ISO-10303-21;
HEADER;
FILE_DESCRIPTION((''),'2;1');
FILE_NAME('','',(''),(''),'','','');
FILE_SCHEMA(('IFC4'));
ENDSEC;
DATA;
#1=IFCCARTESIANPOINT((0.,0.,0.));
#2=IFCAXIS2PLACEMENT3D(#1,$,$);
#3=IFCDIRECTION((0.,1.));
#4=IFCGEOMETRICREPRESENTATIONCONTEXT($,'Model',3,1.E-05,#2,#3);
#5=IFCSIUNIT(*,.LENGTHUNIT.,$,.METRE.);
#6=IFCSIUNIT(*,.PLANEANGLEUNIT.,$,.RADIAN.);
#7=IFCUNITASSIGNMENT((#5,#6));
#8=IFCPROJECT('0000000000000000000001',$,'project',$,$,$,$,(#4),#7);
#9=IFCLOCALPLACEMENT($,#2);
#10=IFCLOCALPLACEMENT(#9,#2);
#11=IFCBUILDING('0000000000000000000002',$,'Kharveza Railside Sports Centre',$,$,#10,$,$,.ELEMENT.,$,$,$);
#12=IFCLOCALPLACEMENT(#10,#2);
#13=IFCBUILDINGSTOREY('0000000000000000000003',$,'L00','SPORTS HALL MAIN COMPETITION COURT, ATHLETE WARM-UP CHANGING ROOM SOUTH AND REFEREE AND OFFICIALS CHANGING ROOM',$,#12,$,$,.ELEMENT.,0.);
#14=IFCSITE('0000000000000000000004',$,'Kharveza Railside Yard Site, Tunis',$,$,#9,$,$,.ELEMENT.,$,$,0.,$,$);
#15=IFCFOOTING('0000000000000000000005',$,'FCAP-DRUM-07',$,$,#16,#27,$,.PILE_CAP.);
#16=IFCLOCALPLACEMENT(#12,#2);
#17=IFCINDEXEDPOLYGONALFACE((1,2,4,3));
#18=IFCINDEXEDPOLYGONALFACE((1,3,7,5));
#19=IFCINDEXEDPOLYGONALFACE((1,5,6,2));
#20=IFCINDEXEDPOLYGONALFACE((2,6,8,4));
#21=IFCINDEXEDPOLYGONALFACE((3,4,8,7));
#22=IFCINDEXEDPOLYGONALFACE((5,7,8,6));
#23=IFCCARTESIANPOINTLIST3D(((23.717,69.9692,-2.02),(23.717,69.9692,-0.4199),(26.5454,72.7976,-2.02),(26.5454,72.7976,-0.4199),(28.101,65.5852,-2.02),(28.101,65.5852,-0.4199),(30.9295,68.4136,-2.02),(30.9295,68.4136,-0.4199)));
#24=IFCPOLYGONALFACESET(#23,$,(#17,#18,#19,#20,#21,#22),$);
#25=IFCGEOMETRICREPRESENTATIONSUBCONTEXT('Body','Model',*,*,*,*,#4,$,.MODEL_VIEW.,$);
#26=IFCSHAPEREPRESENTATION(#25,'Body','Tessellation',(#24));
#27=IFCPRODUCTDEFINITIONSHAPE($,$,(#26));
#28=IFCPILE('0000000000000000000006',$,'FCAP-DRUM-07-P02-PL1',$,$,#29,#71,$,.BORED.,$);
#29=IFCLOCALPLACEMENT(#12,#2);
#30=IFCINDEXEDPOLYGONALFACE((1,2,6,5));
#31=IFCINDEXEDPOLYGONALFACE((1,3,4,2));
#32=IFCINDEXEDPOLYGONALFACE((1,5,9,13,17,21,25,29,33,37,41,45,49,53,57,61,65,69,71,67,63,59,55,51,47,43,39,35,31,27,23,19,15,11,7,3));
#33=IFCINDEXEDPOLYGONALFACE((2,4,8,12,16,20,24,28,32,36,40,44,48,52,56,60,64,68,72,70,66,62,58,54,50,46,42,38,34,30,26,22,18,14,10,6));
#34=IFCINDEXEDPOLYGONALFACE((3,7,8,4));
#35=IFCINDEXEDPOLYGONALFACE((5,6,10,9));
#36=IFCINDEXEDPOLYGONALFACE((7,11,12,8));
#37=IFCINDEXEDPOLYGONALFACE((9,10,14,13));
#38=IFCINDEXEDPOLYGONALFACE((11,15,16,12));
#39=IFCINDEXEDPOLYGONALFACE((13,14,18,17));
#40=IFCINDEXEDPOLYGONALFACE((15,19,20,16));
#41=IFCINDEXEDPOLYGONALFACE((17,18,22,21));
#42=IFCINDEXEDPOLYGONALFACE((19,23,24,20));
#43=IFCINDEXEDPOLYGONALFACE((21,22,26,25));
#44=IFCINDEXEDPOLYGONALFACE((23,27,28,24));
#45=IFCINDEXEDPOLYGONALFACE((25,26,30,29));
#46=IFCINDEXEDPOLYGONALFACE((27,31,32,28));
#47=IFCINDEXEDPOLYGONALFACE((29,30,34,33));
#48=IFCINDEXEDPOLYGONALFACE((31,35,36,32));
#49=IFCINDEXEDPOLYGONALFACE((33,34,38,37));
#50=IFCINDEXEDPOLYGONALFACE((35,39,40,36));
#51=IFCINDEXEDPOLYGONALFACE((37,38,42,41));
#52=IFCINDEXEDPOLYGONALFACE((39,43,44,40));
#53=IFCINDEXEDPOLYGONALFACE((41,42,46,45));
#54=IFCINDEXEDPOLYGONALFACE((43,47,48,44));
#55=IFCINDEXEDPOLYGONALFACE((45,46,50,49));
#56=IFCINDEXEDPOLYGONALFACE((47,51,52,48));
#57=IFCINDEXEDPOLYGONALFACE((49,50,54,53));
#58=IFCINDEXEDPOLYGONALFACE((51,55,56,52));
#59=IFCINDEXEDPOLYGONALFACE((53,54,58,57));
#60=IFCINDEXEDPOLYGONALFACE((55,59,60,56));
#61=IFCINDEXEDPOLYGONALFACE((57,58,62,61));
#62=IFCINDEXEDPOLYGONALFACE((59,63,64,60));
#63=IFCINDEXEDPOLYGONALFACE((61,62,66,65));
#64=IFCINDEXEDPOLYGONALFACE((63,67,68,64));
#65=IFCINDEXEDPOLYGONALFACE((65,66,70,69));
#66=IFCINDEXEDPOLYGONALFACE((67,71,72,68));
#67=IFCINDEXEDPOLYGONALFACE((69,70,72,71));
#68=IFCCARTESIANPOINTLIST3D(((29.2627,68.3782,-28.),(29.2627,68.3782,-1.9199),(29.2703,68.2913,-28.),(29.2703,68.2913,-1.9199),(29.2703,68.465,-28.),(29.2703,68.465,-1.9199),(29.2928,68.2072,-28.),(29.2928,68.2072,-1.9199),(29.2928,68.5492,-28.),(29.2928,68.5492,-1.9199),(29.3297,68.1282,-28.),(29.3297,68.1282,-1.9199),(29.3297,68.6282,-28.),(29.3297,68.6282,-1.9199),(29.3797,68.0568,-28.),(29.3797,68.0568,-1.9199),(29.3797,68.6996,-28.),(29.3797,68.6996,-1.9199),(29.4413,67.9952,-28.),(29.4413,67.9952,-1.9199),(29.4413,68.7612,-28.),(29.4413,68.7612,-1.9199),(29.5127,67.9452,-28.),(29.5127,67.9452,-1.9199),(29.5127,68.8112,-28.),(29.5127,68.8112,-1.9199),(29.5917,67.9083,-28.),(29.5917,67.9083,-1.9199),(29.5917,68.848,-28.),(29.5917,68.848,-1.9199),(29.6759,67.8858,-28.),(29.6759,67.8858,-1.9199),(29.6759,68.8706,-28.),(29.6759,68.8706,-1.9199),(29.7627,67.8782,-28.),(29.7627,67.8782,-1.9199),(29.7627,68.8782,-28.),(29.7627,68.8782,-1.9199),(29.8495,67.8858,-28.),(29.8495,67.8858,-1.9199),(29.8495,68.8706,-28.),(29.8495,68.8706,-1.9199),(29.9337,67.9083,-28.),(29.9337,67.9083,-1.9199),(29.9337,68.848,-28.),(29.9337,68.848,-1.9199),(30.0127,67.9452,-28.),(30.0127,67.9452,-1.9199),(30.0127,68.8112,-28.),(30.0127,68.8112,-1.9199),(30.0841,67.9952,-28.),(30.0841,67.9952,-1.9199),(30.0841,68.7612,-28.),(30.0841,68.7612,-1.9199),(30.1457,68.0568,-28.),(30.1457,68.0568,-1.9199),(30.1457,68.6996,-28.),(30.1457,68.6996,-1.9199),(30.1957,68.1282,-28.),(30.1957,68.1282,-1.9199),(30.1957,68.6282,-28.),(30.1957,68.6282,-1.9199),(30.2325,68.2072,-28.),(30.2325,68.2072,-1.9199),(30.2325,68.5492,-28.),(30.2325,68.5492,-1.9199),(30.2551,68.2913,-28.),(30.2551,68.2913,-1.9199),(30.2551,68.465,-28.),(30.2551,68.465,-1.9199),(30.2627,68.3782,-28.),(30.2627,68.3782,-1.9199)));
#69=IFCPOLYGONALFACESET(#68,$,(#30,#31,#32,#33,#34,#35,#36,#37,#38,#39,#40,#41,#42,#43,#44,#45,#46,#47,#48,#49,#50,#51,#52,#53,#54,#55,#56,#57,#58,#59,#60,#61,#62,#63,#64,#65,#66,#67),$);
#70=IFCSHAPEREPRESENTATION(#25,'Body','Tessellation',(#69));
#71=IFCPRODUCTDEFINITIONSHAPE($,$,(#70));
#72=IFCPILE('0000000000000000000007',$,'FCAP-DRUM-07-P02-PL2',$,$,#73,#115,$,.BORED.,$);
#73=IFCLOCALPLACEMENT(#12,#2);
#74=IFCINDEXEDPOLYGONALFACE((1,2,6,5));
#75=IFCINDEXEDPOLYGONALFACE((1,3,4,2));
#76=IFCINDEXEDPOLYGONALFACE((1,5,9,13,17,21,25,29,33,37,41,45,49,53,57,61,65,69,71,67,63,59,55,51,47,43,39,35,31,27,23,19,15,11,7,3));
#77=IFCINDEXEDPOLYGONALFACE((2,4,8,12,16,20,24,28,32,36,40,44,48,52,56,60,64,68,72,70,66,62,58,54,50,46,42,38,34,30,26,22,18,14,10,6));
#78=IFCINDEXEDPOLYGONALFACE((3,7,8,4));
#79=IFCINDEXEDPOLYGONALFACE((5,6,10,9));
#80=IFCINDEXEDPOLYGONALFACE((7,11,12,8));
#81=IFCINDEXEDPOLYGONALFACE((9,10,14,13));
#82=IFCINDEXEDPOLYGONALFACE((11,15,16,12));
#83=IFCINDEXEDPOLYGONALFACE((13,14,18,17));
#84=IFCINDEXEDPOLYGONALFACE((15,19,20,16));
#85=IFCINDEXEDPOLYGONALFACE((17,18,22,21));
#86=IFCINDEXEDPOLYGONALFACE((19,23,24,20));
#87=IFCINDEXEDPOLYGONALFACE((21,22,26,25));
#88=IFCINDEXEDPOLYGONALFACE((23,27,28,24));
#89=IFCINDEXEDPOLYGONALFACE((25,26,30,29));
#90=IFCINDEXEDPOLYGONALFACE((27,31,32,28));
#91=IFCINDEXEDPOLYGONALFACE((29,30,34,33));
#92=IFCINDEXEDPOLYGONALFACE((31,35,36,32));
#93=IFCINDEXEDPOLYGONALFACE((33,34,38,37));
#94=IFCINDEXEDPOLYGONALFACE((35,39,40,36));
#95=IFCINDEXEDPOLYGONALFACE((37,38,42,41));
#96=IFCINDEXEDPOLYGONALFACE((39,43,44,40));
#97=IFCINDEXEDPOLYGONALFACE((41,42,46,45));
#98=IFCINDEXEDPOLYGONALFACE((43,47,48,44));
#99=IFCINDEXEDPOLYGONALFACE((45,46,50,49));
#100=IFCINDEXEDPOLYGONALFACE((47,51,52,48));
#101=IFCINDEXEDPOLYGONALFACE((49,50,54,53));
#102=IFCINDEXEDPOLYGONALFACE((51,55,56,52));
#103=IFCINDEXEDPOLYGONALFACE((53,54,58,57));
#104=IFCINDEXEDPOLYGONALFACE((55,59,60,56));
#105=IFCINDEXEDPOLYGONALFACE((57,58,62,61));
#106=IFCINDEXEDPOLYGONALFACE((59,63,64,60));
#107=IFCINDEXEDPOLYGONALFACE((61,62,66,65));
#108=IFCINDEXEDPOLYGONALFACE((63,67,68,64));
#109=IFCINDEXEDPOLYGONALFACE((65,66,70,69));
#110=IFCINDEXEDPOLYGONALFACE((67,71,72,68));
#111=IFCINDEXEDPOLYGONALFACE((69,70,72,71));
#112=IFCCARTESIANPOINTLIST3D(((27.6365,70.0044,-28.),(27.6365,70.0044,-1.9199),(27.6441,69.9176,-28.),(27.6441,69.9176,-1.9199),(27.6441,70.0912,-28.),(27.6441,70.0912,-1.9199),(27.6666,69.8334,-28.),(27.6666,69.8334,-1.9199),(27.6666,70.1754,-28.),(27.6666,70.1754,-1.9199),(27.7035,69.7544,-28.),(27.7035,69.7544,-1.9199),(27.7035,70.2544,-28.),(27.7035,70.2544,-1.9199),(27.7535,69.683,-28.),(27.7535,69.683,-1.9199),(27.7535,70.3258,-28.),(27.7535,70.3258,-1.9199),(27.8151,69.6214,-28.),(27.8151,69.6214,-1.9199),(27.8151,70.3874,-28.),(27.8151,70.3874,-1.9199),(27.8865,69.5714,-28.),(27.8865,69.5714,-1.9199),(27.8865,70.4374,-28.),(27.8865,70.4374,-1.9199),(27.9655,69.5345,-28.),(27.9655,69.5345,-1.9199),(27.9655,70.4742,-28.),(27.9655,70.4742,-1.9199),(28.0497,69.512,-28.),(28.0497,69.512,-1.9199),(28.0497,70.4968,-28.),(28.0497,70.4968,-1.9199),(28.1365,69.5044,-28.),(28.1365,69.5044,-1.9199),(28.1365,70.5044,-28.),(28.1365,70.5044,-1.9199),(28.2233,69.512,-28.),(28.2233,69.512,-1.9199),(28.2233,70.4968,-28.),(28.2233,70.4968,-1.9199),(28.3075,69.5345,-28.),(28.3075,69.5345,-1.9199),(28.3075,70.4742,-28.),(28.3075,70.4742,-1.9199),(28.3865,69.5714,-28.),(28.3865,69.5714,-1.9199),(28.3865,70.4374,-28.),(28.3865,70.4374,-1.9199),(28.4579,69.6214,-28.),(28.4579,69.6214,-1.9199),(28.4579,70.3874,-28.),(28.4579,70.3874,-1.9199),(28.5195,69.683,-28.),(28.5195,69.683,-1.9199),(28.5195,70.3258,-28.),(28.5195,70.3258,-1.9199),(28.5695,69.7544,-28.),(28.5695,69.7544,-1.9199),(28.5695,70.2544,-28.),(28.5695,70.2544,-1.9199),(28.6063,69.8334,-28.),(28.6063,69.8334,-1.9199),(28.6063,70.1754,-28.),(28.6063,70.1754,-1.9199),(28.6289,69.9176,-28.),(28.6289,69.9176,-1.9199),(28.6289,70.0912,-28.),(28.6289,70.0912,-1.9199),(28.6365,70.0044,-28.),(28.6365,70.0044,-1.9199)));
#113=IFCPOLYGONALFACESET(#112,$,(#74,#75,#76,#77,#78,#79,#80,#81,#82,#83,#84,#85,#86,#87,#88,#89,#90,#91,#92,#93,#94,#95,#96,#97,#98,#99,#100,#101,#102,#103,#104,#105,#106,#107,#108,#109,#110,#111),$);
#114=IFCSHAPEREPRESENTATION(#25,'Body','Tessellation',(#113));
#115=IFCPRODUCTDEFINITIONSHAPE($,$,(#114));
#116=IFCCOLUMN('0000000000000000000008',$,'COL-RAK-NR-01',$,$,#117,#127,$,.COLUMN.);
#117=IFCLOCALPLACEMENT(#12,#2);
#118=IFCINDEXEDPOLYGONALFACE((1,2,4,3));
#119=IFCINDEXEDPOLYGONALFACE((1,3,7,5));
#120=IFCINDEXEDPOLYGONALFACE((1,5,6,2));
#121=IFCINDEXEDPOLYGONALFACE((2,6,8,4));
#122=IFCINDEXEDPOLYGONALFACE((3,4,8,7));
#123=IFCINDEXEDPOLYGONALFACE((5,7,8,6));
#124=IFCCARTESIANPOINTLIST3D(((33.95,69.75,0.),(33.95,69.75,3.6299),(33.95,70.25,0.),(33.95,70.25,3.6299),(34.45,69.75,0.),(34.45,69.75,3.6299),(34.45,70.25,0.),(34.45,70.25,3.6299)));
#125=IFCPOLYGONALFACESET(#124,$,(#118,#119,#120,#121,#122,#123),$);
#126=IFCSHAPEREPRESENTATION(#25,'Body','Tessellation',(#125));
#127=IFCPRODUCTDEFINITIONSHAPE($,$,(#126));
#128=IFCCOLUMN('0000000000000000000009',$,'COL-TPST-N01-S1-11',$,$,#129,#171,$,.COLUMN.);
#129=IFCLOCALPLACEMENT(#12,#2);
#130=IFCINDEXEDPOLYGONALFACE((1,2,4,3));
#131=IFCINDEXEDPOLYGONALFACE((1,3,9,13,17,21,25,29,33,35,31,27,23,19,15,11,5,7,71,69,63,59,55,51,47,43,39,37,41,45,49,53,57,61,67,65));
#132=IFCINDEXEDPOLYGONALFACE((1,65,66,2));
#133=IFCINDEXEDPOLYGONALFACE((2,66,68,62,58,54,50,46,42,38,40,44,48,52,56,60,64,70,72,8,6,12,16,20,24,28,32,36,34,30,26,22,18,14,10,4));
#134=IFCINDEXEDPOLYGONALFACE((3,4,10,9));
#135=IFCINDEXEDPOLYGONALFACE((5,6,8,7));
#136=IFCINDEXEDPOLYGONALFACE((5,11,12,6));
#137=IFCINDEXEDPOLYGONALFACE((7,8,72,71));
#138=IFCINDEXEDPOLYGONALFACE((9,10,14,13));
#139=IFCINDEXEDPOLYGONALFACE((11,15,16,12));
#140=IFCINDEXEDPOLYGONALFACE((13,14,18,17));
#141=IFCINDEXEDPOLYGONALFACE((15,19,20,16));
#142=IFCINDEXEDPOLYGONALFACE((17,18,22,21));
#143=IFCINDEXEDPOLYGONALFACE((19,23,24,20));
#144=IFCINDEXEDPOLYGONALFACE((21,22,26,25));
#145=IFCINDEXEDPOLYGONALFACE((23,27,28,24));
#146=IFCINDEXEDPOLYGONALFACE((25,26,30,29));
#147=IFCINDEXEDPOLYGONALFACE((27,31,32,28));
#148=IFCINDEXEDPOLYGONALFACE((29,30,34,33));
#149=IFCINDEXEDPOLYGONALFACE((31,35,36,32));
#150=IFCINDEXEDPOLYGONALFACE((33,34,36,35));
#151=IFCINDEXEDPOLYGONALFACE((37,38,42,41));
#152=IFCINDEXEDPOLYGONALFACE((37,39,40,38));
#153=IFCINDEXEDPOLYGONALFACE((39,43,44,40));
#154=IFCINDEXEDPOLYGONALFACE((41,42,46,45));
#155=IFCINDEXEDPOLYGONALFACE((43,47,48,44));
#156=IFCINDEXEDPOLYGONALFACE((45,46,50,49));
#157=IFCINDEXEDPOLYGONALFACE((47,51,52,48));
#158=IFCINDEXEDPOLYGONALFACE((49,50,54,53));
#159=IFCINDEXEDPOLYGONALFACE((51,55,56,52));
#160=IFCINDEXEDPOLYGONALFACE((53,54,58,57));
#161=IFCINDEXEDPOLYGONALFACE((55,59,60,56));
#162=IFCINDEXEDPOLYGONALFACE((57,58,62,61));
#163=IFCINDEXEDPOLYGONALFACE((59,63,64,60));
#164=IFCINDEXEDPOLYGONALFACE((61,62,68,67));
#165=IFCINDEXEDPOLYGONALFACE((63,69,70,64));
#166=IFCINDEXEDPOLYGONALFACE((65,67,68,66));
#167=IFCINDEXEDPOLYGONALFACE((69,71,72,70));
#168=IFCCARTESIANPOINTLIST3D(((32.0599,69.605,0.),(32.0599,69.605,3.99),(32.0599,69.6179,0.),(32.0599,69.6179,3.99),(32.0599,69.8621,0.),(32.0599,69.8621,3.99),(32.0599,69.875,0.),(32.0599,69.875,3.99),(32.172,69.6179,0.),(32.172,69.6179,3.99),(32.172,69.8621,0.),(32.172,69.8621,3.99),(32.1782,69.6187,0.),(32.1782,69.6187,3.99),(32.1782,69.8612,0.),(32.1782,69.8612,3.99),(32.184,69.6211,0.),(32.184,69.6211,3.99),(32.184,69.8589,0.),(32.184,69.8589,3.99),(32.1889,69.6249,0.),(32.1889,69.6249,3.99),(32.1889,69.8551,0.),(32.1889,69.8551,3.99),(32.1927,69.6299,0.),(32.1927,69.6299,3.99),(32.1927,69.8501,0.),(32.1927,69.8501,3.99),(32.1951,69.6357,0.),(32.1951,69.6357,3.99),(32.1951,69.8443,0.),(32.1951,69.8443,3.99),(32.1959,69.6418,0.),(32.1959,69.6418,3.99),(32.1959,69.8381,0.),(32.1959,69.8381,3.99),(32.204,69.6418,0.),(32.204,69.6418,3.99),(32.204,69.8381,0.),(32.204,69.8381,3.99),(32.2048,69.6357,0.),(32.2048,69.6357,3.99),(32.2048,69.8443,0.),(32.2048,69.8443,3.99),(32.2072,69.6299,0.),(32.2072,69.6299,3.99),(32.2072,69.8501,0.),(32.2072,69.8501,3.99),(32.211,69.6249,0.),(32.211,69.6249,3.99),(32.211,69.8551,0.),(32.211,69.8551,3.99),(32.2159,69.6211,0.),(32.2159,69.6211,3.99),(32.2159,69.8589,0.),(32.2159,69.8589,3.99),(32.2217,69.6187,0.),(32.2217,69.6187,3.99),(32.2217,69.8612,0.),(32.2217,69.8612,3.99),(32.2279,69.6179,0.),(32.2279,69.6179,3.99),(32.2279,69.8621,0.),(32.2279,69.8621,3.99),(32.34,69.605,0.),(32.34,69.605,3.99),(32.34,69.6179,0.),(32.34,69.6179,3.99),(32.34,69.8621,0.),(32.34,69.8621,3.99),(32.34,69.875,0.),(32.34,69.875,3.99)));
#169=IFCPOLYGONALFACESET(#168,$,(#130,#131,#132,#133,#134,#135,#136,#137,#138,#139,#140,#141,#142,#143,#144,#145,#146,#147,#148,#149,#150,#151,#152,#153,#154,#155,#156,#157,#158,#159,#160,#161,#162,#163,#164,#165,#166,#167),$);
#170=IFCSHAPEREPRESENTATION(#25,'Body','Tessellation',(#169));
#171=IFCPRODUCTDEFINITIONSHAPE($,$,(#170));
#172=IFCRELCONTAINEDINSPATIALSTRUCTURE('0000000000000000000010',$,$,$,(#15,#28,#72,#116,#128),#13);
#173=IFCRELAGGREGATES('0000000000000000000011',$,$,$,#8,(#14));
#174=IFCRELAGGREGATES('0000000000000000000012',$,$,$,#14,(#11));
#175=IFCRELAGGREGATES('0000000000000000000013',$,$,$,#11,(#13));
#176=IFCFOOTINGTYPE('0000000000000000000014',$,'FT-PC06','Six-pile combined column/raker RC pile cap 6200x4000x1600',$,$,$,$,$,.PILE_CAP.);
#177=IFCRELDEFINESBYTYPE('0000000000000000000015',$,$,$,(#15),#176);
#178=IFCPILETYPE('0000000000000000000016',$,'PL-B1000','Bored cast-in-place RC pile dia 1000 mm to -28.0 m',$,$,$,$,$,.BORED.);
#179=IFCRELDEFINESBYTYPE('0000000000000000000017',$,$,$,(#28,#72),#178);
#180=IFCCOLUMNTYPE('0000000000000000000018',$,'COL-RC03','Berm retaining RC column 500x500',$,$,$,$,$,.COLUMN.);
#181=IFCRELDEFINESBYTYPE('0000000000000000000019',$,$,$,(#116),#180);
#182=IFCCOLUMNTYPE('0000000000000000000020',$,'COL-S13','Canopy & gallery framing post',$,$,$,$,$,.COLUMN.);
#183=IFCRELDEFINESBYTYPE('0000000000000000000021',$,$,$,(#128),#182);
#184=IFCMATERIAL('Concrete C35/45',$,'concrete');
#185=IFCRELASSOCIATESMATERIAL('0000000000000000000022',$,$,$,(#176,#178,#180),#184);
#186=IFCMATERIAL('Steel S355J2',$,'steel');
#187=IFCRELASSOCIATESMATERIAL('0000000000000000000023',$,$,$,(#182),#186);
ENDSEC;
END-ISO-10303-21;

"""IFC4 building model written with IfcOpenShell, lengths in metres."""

from ifc_helpers import new_model, si_unit, direction, frame, origin, origin_2d, place, context, subcontext, project, spatial, rectangle, circle, i_section, extrude, material, material_profile, profile_set, type_object, element, save


model = new_model("IFC4")

# Units and contexts
model_context = context("Model", 3, precision=1e-05, world=origin(), true_north=direction((0.0, 1.0)))
body_context = subcontext(model_context, "Body", "Model", "MODEL_VIEW")
ifc_project = project(units=[si_unit("LENGTHUNIT", "METRE"), si_unit("PLANEANGLEUNIT", "RADIAN")], contexts=[model_context])

# Site, building, storey
site_placement = place(None, origin())
site = spatial("IfcSite", under=ifc_project, at=site_placement, Name="Kharveza Railside Yard Site, Tunis", CompositionType="ELEMENT", RefElevation=0.0)
building_placement = place(site_placement, origin())
building = spatial("IfcBuilding", under=site, at=building_placement, Name="Kharveza Railside Sports Centre", CompositionType="ELEMENT")
storey_placement = place(building_placement, origin())
storey = spatial("IfcBuildingStorey", under=building, at=storey_placement, Name="L00", Description="SPORTS HALL MAIN COMPETITION COURT, ATHLETE WARM-UP CHANGING ROOM SOUTH AND REFEREE AND OFFICIALS CHANGING ROOM", CompositionType="ELEMENT", Elevation=0.0)

# Footing
ifc_material_1 = material(Name="Concrete C35/45", Category="concrete")
footing_type = type_object("IfcFootingType", Name="FT-PC06", Description="Six-pile combined column/raker RC pile cap 6200x4000x1600", PredefinedType="PILE_CAP", material=ifc_material_1)
footing_placement = place(storey_placement, frame((27.3232, 69.1914, -2.02), z_axis=(0.0, 0.0, 1.0), x_axis=(-0.707107, 0.707107, 0.0)))
element("IfcFooting", 1, at=footing_placement, inside=storey, type_object=footing_type, Name="FCAP-DRUM-07", PredefinedType="PILE_CAP", context=body_context, shape_type="SweptSolid", body=[
    extrude(rectangle(XDim=6.2, YDim=4.0, at=origin_2d()), origin(), (0.0, 0.0, 1.0), 1.6001),
])

# Piles
ifc_material_profile_1 = material_profile(ifc_material_1, circle(Radius=0.5, at=origin_2d()), Name="PILE D1000")
ifc_profile_set_1 = profile_set([ifc_material_profile_1], Name="Concrete C35/45")
pile_type = type_object("IfcPileType", Name="PL-B1000", Description="Bored cast-in-place RC pile dia 1000 mm to -28.0 m", PredefinedType="BORED", material=ifc_profile_set_1)
for number, where, z_axis, x_axis, name in (
    (2, (29.7627, 68.3782, -1.9199), (0.0, 0.0, -1.0), (1.0, 0.0, 0.0), "FCAP-DRUM-07-P02-PL1"),
    (3, (28.1365, 70.0044, -1.9199), (0.0, 0.0, -1.0), (1.0, 0.0, 0.0), "FCAP-DRUM-07-P02-PL2"),
):
    element("IfcPile", number, at=place(storey_placement, frame(where, z_axis=z_axis, x_axis=x_axis)), inside=storey, type_object=pile_type, Name=name, PredefinedType="BORED", context=body_context, shape_type="SweptSolid", body=[
        extrude(circle(Radius=0.5, at=origin_2d()), origin(), (0.0, 0.0, 1.0), 26.0801),
    ])

# Columns
ifc_material_profile_2 = material_profile(ifc_material_1, rectangle(XDim=0.5, YDim=0.5, at=origin_2d()), Name="RC 500x500")
ifc_profile_set_2 = profile_set([ifc_material_profile_2], Name="Concrete C35/45")
column_type_1 = type_object("IfcColumnType", Name="COL-RC03", Description="Berm retaining RC column 500x500", PredefinedType="COLUMN", material=ifc_profile_set_2)
column_placement = place(storey_placement, frame((34.2, 70.0, 0.0), z_axis=(0.0, 0.0, 1.0), x_axis=(1.0, 0.0, 0.0)))
element("IfcColumn", 4, at=column_placement, inside=storey, type_object=column_type_1, Name="COL-RAK-NR-01", PredefinedType="COLUMN", context=body_context, shape_type="SweptSolid", body=[
    extrude(rectangle(XDim=0.5, YDim=0.5, at=origin_2d()), origin(), (0.0, 0.0, 1.0), 3.6299),
])
ifc_material_2 = material(Name="Steel S355J2", Category="steel")
ifc_material_profile_3 = material_profile(ifc_material_2, i_section(OverallWidth=0.28, OverallDepth=0.27, WebThickness=0.0081, FlangeThickness=0.0129, FilletRadius=0.0239, at=origin_2d()), Name="HEA 280")
ifc_profile_set_3 = profile_set([ifc_material_profile_3], Name="Steel S355J2")
column_type_2 = type_object("IfcColumnType", Name="COL-S13", Description="Canopy & gallery framing post", PredefinedType="COLUMN", material=ifc_profile_set_3)
for number, where, z_axis, x_axis, name in (
    (5, (32.2, 69.74, 0.0), (0.0, 0.0, 1.0), (1.0, 0.0, 0.0), "COL-TPST-N01-S1-11"),
):
    element("IfcColumn", number, at=place(storey_placement, frame(where, z_axis=z_axis, x_axis=x_axis)), inside=storey, type_object=column_type_2, Name=name, PredefinedType="COLUMN", context=body_context, shape_type="SweptSolid", body=[
        extrude(i_section(OverallWidth=0.28, OverallDepth=0.27, WebThickness=0.0081, FlangeThickness=0.0129, FilletRadius=0.0239, at=origin_2d()), origin(), (0.0, 0.0, 1.0), 3.99),
    ])

save(model, "model.ifc")
